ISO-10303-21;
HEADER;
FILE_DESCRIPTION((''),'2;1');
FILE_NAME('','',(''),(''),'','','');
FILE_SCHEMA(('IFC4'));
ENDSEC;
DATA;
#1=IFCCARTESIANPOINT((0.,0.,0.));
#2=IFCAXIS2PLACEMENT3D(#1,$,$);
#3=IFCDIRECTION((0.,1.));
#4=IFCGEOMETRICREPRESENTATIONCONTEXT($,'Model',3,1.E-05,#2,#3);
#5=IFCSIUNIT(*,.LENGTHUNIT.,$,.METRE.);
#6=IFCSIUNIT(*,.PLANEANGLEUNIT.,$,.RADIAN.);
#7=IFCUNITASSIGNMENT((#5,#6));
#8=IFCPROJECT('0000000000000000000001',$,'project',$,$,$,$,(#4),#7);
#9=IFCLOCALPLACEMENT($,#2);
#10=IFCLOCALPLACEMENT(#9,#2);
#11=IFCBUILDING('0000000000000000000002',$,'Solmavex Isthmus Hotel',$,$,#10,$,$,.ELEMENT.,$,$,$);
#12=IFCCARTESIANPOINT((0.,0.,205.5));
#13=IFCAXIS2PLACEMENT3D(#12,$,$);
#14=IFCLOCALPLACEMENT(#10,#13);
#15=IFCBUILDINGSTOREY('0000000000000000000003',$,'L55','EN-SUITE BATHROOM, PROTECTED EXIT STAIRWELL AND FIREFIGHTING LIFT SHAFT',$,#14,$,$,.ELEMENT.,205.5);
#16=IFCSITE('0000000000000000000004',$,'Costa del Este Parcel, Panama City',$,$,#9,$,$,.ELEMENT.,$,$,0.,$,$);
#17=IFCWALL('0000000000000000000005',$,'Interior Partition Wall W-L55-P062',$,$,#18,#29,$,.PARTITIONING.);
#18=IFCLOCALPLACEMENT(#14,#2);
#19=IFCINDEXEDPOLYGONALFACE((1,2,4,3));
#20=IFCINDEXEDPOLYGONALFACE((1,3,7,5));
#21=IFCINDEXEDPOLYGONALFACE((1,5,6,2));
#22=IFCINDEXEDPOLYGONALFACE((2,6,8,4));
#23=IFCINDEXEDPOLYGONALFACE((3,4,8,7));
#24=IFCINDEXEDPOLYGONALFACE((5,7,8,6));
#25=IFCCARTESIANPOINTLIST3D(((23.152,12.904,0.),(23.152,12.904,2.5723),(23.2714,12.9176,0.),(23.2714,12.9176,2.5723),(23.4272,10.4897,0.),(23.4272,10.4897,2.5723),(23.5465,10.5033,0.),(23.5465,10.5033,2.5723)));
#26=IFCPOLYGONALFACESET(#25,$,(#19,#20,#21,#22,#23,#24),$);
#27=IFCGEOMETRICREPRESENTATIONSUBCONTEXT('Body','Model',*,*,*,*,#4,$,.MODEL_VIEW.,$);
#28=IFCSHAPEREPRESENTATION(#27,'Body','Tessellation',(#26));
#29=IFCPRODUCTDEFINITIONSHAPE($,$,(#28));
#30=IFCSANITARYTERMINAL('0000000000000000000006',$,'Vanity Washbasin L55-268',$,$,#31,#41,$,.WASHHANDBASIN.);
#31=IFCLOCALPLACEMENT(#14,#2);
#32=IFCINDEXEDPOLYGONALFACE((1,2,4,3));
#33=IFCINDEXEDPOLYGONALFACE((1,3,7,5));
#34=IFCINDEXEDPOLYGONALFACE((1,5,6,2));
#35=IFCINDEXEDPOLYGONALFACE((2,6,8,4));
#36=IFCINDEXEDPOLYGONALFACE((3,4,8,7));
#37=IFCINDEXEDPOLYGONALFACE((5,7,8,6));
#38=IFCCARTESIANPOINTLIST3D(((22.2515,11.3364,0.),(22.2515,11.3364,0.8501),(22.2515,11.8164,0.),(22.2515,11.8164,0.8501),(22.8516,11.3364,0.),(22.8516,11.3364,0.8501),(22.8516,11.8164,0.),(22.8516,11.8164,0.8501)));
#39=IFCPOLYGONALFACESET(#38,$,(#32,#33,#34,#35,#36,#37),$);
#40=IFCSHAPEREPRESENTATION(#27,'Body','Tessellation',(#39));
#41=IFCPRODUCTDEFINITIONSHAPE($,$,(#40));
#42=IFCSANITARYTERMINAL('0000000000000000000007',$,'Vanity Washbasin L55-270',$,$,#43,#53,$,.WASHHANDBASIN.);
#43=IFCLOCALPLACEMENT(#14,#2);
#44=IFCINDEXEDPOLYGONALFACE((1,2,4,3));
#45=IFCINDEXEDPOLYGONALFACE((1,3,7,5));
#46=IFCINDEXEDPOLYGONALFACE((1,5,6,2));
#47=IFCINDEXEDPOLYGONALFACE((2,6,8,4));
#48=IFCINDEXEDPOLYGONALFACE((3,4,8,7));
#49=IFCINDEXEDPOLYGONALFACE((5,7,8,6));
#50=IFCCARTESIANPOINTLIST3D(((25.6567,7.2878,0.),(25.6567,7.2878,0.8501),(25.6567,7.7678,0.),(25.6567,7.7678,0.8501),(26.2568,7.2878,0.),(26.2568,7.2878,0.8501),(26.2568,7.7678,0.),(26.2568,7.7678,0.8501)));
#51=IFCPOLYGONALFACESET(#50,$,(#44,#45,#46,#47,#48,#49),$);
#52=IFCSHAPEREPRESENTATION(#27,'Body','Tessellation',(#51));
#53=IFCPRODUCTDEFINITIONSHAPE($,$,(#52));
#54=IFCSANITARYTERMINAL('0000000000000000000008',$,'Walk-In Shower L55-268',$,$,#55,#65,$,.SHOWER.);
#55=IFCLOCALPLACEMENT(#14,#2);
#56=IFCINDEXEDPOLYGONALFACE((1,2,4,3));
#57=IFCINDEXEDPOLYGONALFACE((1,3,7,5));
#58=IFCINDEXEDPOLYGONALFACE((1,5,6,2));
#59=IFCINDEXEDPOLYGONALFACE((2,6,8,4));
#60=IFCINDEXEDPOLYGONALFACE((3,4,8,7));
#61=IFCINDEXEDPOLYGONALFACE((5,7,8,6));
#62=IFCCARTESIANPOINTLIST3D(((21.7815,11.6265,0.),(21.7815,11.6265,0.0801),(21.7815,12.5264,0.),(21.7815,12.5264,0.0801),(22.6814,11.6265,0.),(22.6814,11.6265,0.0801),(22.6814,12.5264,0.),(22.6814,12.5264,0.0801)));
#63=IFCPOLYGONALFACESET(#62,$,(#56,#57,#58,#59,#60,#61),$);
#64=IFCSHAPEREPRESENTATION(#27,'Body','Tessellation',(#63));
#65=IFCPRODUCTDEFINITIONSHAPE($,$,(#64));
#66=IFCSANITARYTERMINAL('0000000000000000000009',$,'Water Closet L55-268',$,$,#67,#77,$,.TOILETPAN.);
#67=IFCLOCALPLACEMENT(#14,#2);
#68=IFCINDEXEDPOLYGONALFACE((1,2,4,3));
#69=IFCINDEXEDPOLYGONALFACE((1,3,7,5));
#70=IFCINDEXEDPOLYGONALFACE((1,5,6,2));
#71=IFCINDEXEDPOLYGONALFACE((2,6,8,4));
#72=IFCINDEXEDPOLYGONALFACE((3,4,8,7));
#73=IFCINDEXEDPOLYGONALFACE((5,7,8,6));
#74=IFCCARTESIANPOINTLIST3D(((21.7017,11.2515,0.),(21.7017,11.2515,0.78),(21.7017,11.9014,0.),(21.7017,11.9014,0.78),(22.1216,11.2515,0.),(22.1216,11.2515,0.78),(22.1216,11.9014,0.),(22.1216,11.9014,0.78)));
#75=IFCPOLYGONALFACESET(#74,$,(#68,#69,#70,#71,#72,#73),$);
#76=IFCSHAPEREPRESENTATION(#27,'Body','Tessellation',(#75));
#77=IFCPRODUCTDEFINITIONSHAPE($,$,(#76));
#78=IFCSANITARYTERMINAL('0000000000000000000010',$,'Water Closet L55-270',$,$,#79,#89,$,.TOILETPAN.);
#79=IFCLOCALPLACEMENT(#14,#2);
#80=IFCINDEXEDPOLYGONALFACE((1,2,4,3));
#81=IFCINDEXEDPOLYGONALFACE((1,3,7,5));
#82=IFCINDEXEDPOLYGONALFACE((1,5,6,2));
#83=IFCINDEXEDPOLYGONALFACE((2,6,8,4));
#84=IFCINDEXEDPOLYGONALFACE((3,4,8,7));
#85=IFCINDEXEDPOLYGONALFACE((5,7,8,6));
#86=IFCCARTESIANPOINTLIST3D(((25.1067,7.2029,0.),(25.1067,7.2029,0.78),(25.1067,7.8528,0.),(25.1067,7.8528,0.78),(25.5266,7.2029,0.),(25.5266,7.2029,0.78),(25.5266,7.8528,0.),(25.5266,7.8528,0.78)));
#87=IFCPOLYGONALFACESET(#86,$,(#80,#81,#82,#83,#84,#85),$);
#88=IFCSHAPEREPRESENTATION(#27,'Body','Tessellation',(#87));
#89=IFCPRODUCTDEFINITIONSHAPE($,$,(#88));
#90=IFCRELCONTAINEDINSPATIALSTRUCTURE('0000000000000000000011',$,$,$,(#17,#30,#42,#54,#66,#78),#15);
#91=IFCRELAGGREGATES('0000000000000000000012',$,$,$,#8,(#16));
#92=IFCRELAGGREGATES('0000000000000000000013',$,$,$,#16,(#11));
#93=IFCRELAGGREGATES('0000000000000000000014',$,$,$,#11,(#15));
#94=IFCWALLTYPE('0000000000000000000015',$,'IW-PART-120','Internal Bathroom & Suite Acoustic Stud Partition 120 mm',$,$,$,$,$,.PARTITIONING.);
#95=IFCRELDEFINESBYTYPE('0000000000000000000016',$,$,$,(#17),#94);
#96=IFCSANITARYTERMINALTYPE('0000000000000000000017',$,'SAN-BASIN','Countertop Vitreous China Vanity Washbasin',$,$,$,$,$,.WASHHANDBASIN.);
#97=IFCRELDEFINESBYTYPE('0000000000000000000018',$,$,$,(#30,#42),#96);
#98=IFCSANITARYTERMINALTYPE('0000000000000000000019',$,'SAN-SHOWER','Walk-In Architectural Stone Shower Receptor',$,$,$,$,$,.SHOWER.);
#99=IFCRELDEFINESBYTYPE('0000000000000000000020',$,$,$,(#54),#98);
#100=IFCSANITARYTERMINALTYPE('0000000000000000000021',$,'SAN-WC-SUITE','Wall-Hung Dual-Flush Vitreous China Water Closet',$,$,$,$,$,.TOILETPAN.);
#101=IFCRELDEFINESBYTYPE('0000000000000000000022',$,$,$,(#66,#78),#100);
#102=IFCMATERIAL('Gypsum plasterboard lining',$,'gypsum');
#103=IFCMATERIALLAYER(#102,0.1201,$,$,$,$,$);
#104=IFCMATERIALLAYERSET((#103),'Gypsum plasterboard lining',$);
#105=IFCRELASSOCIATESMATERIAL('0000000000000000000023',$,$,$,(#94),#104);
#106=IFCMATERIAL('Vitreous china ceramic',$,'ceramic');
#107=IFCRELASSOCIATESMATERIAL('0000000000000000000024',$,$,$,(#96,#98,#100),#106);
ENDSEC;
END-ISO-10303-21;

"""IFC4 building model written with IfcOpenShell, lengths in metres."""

from ifc_helpers import new_model, si_unit, direction, frame, frame_2d, origin, origin_2d, place, context, subcontext, project, spatial, rectangle, extrude, material, layer, layer_set, type_object, element, save


model = new_model("IFC4")

# Units and contexts
model_context = context("Model", 3, precision=1e-05, world=origin(), true_north=direction((0.0, 1.0)))
body_context = subcontext(model_context, "Body", "Model", "MODEL_VIEW")
ifc_project = project(units=[si_unit("LENGTHUNIT", "METRE"), si_unit("PLANEANGLEUNIT", "RADIAN")], contexts=[model_context])

# Site, building, storey
site_placement = place(None, origin())
site = spatial("IfcSite", under=ifc_project, at=site_placement, Name="Costa del Este Parcel, Panama City", CompositionType="ELEMENT", RefElevation=0.0)
building_placement = place(site_placement, origin())
building = spatial("IfcBuilding", under=site, at=building_placement, Name="Solmavex Isthmus Hotel", CompositionType="ELEMENT")
storey_placement = place(building_placement, frame((0.0, 0.0, 205.5)))
storey = spatial("IfcBuildingStorey", under=building, at=storey_placement, Name="L55", Description="EN-SUITE BATHROOM, PROTECTED EXIT STAIRWELL AND FIREFIGHTING LIFT SHAFT", CompositionType="ELEMENT", Elevation=205.5)

# Shared definitions
ifc_material_1 = material(Name="Gypsum plasterboard lining", Category="gypsum")

# Wall
ifc_layer_1 = layer(ifc_material_1, 0.1201)
ifc_layer_set_1 = layer_set([ifc_layer_1], Name="Gypsum plasterboard lining")
wall_type_1 = type_object("IfcWallType", Name="IW-PART-120", Description="Internal Bathroom & Suite Acoustic Stud Partition 120 mm", PredefinedType="PARTITIONING", material=ifc_layer_set_1)
wall_1_placement = place(storey_placement, frame((23.4868, 10.4966, 0.0), z_axis=(0.0, 0.0, 1.0), x_axis=(-0.113232, 0.993569, 0.0)))
element("IfcWall", 1, at=wall_1_placement, inside=storey, type_object=wall_type_1, Name="Interior Partition Wall W-L55-P062", PredefinedType="PARTITIONING", context=body_context, shape_type="SweptSolid", body=[
    extrude(rectangle(XDim=2.4299, YDim=0.1201, at=frame_2d((1.2148, 0.0))), origin(), (0.0, 0.0, 1.0), 2.5723),
])

# Sanitary terminals
ifc_material_2 = material(Name="Vitreous china ceramic", Category="ceramic")
sanitary_terminal_type_1 = type_object("IfcSanitaryTerminalType", Name="SAN-BASIN", Description="Countertop Vitreous China Vanity Washbasin", PredefinedType="WASHHANDBASIN", material=ifc_material_2)
for number, where, z_axis, x_axis, name in (
    (2, (22.5515, 11.5764, 0.0), (0.0, 0.0, 1.0), (1.0, 0.0, 0.0), "Vanity Washbasin L55-268"),
    (3, (25.9568, 7.5278, 0.0), (0.0, 0.0, 1.0), (1.0, 0.0, 0.0), "Vanity Washbasin L55-270"),
):
    element("IfcSanitaryTerminal", number, at=place(storey_placement, frame(where, z_axis=z_axis, x_axis=x_axis)), inside=storey, type_object=sanitary_terminal_type_1, Name=name, PredefinedType="WASHHANDBASIN", context=body_context, shape_type="SweptSolid", body=[
        extrude(rectangle(XDim=0.6001, YDim=0.48, at=origin_2d()), origin(), (0.0, 0.0, 1.0), 0.8501),
    ])
sanitary_terminal_type_2 = type_object("IfcSanitaryTerminalType", Name="SAN-SHOWER", Description="Walk-In Architectural Stone Shower Receptor", PredefinedType="SHOWER", material=ifc_material_2)
sanitary_terminal_placement = place(storey_placement, frame((22.2314, 12.0764, 0.0), z_axis=(0.0, 0.0, 1.0), x_axis=(1.0, 0.0, 0.0)))
element("IfcSanitaryTerminal", 4, at=sanitary_terminal_placement, inside=storey, type_object=sanitary_terminal_type_2, Name="Walk-In Shower L55-268", PredefinedType="SHOWER", context=body_context, shape_type="SweptSolid", body=[
    extrude(rectangle(XDim=0.8999, YDim=0.8999, at=origin_2d()), origin(), (0.0, 0.0, 1.0), 0.0801),
])
sanitary_terminal_type_3 = type_object("IfcSanitaryTerminalType", Name="SAN-WC-SUITE", Description="Wall-Hung Dual-Flush Vitreous China Water Closet", PredefinedType="TOILETPAN", material=ifc_material_2)
for number, where, z_axis, x_axis, name in (
    (5, (21.9116, 11.5764, 0.0), (0.0, 0.0, 1.0), (1.0, 0.0, 0.0), "Water Closet L55-268"),
    (6, (25.3167, 7.5278, 0.0), (0.0, 0.0, 1.0), (1.0, 0.0, 0.0), "Water Closet L55-270"),
):
    element("IfcSanitaryTerminal", number, at=place(storey_placement, frame(where, z_axis=z_axis, x_axis=x_axis)), inside=storey, type_object=sanitary_terminal_type_3, Name=name, PredefinedType="TOILETPAN", context=body_context, shape_type="SweptSolid", body=[
        extrude(rectangle(XDim=0.4199, YDim=0.6499, at=origin_2d()), origin(), (0.0, 0.0, 1.0), 0.78),
    ])

save(model, "model.ifc")
